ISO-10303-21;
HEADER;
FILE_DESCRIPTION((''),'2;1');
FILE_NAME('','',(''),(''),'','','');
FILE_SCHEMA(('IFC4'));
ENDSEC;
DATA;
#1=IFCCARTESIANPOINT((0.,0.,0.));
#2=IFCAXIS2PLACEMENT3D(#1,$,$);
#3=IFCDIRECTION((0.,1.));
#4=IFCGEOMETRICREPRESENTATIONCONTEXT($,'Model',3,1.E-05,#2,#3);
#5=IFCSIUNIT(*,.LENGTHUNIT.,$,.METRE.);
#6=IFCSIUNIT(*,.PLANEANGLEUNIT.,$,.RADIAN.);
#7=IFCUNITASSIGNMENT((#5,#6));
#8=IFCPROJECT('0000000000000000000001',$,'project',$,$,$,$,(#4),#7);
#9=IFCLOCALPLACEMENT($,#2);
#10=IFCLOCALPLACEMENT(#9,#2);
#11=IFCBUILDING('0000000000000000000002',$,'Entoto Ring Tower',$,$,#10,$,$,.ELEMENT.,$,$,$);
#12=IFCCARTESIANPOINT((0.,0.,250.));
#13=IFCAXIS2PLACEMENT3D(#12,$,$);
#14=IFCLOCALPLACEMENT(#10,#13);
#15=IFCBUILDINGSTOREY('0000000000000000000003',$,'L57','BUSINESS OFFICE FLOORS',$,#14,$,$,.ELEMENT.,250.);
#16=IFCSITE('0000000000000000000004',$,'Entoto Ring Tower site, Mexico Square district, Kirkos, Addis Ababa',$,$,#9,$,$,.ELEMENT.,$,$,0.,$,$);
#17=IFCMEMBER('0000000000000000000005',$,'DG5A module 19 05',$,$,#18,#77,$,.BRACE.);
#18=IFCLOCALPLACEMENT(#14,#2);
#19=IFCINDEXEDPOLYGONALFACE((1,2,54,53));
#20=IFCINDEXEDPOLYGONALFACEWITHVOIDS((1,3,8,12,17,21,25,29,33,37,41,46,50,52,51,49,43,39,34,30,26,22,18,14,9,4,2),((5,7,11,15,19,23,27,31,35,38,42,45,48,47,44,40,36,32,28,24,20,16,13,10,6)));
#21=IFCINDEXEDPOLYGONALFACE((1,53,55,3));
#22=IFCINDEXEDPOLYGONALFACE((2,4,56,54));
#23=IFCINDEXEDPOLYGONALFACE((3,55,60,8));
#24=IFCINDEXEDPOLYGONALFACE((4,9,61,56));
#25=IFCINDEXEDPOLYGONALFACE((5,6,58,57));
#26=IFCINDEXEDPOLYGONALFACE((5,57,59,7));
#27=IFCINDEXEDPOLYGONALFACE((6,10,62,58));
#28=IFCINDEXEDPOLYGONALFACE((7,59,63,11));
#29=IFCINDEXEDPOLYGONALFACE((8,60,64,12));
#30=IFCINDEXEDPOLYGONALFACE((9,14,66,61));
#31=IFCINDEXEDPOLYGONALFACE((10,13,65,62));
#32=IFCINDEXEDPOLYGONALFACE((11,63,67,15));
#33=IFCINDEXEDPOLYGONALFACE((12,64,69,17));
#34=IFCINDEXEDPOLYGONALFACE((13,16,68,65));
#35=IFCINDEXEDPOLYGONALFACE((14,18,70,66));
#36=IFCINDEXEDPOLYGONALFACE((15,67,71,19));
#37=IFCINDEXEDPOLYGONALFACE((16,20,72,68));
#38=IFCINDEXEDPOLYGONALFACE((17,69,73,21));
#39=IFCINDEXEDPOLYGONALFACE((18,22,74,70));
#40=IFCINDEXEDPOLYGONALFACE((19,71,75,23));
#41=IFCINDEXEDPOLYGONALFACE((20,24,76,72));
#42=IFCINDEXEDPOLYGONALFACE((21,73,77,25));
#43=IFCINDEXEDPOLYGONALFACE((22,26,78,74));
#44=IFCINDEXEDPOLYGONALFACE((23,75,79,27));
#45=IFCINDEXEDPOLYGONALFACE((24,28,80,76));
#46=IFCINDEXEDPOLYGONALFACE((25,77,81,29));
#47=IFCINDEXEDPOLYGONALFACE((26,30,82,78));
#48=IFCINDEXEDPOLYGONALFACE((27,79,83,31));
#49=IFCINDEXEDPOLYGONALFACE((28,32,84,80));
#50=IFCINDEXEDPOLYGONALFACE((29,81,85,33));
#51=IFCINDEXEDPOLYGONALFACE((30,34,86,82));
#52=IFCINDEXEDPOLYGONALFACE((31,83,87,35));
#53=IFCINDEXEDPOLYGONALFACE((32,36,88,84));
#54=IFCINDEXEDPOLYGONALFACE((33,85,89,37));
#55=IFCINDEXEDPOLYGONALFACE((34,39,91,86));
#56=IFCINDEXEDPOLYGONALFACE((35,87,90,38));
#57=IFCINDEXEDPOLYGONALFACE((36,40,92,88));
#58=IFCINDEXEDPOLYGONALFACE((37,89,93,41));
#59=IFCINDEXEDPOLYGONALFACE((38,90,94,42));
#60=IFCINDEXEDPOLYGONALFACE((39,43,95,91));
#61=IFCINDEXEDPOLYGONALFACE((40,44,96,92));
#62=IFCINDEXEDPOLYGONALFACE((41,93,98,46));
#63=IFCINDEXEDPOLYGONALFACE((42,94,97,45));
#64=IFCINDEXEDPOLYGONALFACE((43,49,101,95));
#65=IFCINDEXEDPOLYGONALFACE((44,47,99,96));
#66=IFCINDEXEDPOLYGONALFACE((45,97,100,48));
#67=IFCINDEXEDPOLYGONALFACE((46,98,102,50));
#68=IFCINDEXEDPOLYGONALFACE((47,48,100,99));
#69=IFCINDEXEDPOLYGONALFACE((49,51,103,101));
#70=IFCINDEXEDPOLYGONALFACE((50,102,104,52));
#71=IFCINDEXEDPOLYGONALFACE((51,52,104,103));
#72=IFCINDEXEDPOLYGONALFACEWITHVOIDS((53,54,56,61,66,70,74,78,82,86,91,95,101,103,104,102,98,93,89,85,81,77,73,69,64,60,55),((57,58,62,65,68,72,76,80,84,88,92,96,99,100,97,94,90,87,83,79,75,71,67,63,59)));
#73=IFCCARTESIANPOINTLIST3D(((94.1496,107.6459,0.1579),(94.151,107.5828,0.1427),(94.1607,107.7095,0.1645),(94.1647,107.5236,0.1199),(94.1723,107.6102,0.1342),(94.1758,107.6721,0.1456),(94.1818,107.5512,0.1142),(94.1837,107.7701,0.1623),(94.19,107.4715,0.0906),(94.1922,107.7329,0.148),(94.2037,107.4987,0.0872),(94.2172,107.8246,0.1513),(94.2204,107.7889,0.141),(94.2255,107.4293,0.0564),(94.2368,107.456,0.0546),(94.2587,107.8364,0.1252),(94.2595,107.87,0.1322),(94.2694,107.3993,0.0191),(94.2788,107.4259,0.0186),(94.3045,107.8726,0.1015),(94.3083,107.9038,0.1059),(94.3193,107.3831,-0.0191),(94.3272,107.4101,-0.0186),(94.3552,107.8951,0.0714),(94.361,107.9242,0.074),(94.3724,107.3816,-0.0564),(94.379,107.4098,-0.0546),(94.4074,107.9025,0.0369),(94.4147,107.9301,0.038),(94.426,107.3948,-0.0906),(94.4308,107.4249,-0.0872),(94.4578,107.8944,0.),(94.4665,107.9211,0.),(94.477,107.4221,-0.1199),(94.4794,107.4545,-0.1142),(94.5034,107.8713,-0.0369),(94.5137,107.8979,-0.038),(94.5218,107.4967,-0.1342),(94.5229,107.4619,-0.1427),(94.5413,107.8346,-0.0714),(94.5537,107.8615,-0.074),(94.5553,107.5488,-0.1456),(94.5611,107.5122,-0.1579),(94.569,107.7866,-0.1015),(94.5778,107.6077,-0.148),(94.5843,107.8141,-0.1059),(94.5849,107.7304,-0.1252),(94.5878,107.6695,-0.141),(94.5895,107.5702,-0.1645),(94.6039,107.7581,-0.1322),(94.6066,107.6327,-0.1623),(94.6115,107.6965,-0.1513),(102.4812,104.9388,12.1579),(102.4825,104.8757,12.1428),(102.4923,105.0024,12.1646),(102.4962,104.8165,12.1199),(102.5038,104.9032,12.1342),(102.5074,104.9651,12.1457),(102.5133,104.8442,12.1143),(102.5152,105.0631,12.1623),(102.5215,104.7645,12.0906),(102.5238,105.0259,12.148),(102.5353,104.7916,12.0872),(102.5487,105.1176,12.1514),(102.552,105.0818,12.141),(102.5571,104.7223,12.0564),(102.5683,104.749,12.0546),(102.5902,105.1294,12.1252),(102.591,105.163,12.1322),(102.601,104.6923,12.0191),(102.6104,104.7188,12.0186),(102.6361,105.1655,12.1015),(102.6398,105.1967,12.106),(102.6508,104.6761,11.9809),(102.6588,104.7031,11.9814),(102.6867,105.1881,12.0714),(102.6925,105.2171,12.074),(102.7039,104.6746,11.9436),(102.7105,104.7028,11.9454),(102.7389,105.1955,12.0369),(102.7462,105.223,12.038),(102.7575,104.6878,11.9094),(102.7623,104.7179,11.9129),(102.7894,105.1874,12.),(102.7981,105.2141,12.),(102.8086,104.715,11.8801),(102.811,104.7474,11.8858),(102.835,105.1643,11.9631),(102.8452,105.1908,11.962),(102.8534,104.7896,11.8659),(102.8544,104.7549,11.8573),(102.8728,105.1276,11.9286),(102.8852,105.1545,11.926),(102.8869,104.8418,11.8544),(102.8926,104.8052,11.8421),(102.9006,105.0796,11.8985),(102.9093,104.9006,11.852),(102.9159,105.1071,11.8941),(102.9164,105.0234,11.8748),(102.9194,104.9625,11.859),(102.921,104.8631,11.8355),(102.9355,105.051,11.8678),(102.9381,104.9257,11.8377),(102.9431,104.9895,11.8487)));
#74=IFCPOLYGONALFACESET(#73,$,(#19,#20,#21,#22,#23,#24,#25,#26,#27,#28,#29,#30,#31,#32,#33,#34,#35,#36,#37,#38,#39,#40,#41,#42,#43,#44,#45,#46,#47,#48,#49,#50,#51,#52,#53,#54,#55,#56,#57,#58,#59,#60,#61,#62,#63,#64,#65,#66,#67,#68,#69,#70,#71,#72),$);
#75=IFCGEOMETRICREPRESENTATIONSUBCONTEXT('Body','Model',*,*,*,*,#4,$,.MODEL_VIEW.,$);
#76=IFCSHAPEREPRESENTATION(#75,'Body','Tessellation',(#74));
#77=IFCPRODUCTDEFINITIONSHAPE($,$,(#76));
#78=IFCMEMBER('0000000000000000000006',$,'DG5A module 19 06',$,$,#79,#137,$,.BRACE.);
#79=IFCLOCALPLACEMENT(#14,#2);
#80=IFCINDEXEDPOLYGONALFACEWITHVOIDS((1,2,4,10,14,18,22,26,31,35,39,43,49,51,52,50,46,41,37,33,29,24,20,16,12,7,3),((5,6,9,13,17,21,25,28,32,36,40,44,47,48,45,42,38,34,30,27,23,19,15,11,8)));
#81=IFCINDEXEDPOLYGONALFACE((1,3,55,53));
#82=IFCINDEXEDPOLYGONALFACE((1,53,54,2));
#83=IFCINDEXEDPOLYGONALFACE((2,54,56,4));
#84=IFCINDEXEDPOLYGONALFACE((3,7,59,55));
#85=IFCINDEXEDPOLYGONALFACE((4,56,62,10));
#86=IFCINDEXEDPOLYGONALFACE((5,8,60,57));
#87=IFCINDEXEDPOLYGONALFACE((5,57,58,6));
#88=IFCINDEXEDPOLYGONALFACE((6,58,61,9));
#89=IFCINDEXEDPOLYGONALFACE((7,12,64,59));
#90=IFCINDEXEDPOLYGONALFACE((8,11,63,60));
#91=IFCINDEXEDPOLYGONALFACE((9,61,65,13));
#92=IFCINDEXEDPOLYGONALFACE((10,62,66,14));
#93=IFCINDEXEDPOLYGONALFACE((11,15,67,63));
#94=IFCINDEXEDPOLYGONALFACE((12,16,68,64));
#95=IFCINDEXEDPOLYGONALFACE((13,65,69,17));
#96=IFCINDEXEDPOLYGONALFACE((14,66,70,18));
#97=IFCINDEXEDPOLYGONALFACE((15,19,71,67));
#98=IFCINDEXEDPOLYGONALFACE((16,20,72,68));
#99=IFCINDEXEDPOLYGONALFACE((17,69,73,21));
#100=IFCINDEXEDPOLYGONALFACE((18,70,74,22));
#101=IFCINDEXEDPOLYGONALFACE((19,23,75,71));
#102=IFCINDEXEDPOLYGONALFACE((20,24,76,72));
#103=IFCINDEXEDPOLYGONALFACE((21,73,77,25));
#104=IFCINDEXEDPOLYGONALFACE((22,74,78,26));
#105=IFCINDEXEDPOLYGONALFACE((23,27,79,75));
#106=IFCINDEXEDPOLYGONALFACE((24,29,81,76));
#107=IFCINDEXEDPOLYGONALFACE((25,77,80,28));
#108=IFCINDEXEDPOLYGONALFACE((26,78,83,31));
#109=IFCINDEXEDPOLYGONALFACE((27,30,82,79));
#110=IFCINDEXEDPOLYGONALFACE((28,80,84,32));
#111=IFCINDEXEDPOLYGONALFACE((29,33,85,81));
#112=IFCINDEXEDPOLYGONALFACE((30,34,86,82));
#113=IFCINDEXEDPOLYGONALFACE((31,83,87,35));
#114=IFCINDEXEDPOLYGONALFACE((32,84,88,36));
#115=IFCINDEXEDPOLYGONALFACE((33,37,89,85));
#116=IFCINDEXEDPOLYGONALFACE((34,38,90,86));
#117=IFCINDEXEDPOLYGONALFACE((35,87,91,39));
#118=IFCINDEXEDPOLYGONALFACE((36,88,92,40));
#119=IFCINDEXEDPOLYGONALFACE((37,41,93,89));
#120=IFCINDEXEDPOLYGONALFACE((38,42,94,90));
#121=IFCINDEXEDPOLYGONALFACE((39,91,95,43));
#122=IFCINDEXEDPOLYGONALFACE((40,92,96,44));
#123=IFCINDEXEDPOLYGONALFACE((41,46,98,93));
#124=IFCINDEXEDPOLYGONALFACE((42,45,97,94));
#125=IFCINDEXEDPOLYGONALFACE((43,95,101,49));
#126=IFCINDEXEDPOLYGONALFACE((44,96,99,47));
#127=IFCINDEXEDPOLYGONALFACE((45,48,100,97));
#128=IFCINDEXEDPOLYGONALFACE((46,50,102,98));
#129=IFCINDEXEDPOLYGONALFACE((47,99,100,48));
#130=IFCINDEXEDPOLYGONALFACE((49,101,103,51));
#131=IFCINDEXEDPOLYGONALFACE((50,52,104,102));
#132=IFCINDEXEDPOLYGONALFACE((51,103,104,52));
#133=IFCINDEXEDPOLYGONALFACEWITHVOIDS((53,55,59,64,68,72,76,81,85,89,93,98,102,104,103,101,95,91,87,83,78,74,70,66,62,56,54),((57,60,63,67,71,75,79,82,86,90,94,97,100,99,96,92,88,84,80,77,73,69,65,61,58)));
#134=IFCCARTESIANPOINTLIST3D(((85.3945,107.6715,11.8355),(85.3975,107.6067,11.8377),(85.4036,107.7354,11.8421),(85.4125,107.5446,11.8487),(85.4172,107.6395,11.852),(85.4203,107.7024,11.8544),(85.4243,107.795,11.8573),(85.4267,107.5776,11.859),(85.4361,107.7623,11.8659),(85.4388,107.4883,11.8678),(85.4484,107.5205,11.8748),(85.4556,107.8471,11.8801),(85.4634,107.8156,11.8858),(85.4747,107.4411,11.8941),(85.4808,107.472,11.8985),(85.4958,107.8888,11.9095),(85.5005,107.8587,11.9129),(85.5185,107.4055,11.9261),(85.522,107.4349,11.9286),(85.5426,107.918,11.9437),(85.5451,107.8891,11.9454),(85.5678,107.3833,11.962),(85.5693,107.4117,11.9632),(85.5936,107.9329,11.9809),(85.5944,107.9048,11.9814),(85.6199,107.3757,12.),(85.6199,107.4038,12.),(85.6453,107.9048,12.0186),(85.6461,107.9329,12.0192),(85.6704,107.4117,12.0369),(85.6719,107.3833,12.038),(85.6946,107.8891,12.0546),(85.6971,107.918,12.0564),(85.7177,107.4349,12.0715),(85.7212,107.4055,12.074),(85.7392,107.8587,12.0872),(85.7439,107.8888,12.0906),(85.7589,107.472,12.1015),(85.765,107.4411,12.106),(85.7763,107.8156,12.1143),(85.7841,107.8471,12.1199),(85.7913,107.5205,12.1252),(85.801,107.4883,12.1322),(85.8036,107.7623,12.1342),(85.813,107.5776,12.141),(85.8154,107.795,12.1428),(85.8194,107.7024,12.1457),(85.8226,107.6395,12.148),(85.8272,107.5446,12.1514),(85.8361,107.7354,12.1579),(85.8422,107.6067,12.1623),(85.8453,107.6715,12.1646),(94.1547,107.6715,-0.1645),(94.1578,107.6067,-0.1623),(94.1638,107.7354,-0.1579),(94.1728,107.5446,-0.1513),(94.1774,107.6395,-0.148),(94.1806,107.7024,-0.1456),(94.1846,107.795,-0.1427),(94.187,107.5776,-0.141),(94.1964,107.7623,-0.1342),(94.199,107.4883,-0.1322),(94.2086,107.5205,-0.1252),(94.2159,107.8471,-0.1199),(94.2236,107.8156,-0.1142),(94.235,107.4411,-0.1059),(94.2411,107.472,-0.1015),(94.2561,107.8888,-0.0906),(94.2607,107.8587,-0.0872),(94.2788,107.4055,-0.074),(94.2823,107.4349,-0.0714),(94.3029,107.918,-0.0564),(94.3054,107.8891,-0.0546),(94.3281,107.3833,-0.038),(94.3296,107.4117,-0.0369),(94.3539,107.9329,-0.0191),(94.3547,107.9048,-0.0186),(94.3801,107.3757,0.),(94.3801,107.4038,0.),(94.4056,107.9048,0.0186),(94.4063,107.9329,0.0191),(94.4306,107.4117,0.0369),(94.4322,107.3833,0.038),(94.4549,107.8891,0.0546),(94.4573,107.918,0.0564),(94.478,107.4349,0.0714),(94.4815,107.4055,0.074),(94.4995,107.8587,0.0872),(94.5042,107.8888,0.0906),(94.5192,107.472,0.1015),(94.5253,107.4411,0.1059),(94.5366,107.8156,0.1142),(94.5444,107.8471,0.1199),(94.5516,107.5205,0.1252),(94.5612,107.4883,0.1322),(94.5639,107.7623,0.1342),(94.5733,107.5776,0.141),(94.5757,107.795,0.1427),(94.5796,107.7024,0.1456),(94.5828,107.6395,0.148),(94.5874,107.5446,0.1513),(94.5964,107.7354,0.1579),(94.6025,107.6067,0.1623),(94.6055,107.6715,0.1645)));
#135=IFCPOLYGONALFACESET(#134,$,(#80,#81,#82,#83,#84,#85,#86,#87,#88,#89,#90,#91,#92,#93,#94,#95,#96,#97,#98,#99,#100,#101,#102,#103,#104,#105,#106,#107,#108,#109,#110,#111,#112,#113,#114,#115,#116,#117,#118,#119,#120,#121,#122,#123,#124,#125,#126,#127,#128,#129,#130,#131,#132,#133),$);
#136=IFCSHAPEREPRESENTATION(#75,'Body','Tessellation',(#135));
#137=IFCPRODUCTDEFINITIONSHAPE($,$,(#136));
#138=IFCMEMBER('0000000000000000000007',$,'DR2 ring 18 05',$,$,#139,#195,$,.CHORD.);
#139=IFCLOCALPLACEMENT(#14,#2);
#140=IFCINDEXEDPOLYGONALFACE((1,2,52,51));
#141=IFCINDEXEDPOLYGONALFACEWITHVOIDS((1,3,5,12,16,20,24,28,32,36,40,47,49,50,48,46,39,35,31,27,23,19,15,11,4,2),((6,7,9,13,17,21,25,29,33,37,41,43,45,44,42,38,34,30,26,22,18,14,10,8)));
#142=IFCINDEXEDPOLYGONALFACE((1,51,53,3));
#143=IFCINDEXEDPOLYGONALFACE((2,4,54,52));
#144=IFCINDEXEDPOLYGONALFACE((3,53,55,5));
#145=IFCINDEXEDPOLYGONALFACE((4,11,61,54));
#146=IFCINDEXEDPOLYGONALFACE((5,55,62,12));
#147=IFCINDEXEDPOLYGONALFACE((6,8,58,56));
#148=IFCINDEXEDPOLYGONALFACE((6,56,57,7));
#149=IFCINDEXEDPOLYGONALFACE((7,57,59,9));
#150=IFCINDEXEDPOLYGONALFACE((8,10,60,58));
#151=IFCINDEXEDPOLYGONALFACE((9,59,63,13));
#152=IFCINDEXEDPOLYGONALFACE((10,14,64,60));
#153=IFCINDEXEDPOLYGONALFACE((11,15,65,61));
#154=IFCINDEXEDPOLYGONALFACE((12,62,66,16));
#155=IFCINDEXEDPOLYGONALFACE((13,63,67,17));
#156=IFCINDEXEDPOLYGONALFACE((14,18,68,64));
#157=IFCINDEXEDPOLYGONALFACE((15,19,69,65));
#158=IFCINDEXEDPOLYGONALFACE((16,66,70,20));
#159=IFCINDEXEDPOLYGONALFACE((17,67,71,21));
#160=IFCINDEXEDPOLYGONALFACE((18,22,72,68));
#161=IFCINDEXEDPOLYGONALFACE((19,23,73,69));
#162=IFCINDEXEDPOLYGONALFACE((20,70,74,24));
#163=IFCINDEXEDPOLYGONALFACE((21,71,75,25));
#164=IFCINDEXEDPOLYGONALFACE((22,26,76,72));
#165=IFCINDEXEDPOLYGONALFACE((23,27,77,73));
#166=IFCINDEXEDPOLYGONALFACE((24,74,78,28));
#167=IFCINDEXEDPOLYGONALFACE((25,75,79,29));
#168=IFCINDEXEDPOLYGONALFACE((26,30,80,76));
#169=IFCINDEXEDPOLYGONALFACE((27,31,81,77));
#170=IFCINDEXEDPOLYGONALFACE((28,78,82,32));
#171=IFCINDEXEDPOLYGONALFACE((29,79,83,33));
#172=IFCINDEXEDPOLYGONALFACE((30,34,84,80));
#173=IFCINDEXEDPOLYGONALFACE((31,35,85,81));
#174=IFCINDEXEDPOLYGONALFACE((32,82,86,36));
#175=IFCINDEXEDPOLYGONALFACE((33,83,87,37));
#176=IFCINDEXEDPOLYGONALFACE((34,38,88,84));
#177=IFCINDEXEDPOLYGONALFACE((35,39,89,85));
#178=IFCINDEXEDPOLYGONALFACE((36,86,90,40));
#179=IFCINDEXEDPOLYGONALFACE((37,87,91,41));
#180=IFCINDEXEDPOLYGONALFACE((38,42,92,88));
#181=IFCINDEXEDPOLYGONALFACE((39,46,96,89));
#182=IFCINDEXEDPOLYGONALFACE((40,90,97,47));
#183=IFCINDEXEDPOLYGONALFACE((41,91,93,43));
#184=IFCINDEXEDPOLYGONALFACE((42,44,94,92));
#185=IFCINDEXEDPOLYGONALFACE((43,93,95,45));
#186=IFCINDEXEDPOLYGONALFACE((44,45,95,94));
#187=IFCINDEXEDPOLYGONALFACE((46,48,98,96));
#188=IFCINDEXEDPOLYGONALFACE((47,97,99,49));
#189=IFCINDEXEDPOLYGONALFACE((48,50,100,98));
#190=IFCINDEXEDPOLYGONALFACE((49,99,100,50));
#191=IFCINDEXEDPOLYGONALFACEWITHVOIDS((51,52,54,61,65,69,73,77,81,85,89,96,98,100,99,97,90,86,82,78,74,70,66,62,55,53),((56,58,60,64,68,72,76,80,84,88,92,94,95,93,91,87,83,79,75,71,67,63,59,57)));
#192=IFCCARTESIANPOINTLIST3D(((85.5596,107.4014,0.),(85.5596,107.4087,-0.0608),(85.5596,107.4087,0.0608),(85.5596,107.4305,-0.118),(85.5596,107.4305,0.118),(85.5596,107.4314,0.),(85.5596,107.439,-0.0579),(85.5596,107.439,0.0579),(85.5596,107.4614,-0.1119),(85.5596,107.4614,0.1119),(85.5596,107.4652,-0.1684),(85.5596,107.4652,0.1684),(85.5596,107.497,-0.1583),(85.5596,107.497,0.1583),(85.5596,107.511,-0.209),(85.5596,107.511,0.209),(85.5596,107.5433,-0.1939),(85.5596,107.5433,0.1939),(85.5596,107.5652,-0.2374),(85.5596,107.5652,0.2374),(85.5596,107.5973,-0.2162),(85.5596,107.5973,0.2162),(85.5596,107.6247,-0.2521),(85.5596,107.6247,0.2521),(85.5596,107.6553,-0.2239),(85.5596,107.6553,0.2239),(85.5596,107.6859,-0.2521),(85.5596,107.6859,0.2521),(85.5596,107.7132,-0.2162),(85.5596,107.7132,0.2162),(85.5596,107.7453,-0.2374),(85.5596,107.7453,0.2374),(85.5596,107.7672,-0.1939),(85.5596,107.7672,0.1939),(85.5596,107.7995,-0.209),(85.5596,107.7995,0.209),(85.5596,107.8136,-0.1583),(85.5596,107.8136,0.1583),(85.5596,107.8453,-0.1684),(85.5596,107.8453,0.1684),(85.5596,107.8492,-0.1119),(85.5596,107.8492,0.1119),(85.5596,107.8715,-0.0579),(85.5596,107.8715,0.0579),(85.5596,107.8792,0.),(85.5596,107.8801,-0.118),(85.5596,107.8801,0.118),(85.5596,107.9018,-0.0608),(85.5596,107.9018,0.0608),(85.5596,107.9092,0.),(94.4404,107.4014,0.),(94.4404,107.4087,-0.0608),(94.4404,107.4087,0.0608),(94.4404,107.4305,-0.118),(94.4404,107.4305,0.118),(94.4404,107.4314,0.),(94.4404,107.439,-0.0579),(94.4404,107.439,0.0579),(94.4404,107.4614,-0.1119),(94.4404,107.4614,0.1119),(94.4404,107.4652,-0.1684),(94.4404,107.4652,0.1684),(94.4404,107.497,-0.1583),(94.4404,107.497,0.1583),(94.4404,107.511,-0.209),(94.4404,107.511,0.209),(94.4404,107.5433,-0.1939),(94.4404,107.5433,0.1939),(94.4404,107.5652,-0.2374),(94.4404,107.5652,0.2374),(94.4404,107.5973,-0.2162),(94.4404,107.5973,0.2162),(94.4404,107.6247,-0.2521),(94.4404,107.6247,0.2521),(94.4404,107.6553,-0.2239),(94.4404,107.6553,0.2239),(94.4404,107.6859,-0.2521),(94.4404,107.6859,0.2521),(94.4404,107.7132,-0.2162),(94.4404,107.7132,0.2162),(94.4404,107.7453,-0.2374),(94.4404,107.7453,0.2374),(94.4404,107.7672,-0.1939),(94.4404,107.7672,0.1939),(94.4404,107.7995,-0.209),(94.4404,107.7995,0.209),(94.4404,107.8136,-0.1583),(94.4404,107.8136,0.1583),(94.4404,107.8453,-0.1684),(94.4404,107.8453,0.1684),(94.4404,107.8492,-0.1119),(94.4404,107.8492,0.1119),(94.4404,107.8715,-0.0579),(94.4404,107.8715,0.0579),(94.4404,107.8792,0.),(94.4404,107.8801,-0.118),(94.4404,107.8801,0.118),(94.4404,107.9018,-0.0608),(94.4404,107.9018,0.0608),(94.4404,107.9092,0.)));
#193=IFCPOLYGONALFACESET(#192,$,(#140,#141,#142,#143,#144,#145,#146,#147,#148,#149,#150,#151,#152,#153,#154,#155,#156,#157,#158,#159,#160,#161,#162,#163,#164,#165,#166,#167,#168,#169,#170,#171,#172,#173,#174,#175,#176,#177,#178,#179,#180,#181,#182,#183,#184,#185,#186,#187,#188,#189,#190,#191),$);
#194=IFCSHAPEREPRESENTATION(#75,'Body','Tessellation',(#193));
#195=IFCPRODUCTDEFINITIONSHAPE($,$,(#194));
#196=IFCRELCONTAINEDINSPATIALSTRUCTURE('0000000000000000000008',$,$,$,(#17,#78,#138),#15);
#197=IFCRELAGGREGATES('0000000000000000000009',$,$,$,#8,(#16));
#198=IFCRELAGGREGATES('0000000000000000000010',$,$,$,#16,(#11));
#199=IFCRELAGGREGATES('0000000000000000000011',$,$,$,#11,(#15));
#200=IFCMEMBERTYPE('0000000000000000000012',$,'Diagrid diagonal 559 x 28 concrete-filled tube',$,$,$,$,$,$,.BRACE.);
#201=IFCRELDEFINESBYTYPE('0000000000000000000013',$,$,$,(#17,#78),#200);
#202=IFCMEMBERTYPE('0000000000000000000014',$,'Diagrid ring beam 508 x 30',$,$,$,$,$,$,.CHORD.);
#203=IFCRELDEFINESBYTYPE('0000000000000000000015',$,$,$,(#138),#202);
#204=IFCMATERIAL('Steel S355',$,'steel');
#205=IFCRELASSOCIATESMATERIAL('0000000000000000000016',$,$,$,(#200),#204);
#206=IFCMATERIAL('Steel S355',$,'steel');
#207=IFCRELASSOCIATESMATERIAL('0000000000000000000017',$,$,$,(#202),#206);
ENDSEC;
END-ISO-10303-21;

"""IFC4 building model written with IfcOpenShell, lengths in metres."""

from ifc_helpers import new_model, si_unit, direction, frame, origin, origin_2d, place, context, subcontext, project, spatial, circle, hollow_circle, extrude, material, material_profile, profile_set, type_object, element, save


model = new_model("IFC4")

# Units and contexts
model_context = context("Model", 3, precision=1e-05, world=origin(), true_north=direction((0.0, 1.0)))
body_context = subcontext(model_context, "Body", "Model", "MODEL_VIEW")
ifc_project = project(units=[si_unit("LENGTHUNIT", "METRE"), si_unit("PLANEANGLEUNIT", "RADIAN")], contexts=[model_context])

# Site, building, storey
site_placement = place(None, origin())
site = spatial("IfcSite", under=ifc_project, at=site_placement, Name="Entoto Ring Tower site, Mexico Square district, Kirkos, Addis Ababa", CompositionType="ELEMENT", RefElevation=0.0)
building_placement = place(site_placement, origin())
building = spatial("IfcBuilding", under=site, at=building_placement, Name="Entoto Ring Tower", CompositionType="ELEMENT")
storey_placement = place(building_placement, frame((0.0, 0.0, 250.0)))
storey = spatial("IfcBuildingStorey", under=building, at=storey_placement, Name="L57", Description="BUSINESS OFFICE FLOORS", CompositionType="ELEMENT", Elevation=250.0)

# Members
ifc_material_1 = material(Name="Steel S355", Category="steel")
ifc_material_profile_1 = material_profile(ifc_material_1, hollow_circle(Radius=0.2795, WallThickness=0.0281, at=origin_2d()), Name="CHS 559 x 28")
ifc_material_2 = material(Name="Concrete C60/75", Category="concrete")
ifc_material_profile_2 = material_profile(ifc_material_2, circle(Radius=0.2515, at=origin_2d()), Name="Concrete C60/75 infill")
ifc_profile_set_1 = profile_set([ifc_material_profile_1, ifc_material_profile_2], Name="Steel S355")
member_type_1 = type_object("IfcMemberType", Name="Diagrid diagonal 559 x 28 concrete-filled tube", PredefinedType="BRACE", material=ifc_profile_set_1)
for number, where, z_axis, x_axis, name in (
    (1, (94.3801, 107.6553, 0.0), (0.560767, -0.182201, 0.807678), (0.309012, 0.951058, 0.0), "DG5A module 19 05"),
    (2, (94.3801, 107.6553, 0.0), (-0.589623, 0.0, 0.807679), (0.0, -1.0, 0.0), "DG5A module 19 06"),
):
    element("IfcMember", number, at=place(storey_placement, frame(where, z_axis=z_axis, x_axis=x_axis)), inside=storey, type_object=member_type_1, Name=name, PredefinedType="BRACE", context=body_context, shape_type="SweptSolid", body=[
        extrude(hollow_circle(Radius=0.2795, WallThickness=0.0281, at=origin_2d()), origin(), (0.0, 0.0, 1.0), 14.8574),
    ])
ifc_material_3 = material(Name="Steel S355", Category="steel")
ifc_material_profile_3 = material_profile(ifc_material_3, hollow_circle(Radius=0.2539, WallThickness=0.03, at=origin_2d()), Name="CHS 508 x 30")
ifc_material_4 = material(Name="Concrete C60/75", Category="concrete")
ifc_material_profile_4 = material_profile(ifc_material_4, circle(Radius=0.2241, at=origin_2d()), Name="Concrete C60/75 infill")
ifc_profile_set_2 = profile_set([ifc_material_profile_3, ifc_material_profile_4], Name="Steel S355")
member_type_2 = type_object("IfcMemberType", Name="Diagrid ring beam 508 x 30", PredefinedType="CHORD", material=ifc_profile_set_2)
member_1_placement = place(storey_placement, frame((94.4404, 107.6553, 0.0), z_axis=(-1.0, 0.0, 0.0), x_axis=(0.0, -1.0, 0.0)))
element("IfcMember", 3, at=member_1_placement, inside=storey, type_object=member_type_2, Name="DR2 ring 18 05", PredefinedType="CHORD", context=body_context, shape_type="SweptSolid", body=[
    extrude(hollow_circle(Radius=0.2539, WallThickness=0.03, at=origin_2d()), origin(), (0.0, 0.0, 1.0), 8.8809),
])

save(model, "model.ifc")
